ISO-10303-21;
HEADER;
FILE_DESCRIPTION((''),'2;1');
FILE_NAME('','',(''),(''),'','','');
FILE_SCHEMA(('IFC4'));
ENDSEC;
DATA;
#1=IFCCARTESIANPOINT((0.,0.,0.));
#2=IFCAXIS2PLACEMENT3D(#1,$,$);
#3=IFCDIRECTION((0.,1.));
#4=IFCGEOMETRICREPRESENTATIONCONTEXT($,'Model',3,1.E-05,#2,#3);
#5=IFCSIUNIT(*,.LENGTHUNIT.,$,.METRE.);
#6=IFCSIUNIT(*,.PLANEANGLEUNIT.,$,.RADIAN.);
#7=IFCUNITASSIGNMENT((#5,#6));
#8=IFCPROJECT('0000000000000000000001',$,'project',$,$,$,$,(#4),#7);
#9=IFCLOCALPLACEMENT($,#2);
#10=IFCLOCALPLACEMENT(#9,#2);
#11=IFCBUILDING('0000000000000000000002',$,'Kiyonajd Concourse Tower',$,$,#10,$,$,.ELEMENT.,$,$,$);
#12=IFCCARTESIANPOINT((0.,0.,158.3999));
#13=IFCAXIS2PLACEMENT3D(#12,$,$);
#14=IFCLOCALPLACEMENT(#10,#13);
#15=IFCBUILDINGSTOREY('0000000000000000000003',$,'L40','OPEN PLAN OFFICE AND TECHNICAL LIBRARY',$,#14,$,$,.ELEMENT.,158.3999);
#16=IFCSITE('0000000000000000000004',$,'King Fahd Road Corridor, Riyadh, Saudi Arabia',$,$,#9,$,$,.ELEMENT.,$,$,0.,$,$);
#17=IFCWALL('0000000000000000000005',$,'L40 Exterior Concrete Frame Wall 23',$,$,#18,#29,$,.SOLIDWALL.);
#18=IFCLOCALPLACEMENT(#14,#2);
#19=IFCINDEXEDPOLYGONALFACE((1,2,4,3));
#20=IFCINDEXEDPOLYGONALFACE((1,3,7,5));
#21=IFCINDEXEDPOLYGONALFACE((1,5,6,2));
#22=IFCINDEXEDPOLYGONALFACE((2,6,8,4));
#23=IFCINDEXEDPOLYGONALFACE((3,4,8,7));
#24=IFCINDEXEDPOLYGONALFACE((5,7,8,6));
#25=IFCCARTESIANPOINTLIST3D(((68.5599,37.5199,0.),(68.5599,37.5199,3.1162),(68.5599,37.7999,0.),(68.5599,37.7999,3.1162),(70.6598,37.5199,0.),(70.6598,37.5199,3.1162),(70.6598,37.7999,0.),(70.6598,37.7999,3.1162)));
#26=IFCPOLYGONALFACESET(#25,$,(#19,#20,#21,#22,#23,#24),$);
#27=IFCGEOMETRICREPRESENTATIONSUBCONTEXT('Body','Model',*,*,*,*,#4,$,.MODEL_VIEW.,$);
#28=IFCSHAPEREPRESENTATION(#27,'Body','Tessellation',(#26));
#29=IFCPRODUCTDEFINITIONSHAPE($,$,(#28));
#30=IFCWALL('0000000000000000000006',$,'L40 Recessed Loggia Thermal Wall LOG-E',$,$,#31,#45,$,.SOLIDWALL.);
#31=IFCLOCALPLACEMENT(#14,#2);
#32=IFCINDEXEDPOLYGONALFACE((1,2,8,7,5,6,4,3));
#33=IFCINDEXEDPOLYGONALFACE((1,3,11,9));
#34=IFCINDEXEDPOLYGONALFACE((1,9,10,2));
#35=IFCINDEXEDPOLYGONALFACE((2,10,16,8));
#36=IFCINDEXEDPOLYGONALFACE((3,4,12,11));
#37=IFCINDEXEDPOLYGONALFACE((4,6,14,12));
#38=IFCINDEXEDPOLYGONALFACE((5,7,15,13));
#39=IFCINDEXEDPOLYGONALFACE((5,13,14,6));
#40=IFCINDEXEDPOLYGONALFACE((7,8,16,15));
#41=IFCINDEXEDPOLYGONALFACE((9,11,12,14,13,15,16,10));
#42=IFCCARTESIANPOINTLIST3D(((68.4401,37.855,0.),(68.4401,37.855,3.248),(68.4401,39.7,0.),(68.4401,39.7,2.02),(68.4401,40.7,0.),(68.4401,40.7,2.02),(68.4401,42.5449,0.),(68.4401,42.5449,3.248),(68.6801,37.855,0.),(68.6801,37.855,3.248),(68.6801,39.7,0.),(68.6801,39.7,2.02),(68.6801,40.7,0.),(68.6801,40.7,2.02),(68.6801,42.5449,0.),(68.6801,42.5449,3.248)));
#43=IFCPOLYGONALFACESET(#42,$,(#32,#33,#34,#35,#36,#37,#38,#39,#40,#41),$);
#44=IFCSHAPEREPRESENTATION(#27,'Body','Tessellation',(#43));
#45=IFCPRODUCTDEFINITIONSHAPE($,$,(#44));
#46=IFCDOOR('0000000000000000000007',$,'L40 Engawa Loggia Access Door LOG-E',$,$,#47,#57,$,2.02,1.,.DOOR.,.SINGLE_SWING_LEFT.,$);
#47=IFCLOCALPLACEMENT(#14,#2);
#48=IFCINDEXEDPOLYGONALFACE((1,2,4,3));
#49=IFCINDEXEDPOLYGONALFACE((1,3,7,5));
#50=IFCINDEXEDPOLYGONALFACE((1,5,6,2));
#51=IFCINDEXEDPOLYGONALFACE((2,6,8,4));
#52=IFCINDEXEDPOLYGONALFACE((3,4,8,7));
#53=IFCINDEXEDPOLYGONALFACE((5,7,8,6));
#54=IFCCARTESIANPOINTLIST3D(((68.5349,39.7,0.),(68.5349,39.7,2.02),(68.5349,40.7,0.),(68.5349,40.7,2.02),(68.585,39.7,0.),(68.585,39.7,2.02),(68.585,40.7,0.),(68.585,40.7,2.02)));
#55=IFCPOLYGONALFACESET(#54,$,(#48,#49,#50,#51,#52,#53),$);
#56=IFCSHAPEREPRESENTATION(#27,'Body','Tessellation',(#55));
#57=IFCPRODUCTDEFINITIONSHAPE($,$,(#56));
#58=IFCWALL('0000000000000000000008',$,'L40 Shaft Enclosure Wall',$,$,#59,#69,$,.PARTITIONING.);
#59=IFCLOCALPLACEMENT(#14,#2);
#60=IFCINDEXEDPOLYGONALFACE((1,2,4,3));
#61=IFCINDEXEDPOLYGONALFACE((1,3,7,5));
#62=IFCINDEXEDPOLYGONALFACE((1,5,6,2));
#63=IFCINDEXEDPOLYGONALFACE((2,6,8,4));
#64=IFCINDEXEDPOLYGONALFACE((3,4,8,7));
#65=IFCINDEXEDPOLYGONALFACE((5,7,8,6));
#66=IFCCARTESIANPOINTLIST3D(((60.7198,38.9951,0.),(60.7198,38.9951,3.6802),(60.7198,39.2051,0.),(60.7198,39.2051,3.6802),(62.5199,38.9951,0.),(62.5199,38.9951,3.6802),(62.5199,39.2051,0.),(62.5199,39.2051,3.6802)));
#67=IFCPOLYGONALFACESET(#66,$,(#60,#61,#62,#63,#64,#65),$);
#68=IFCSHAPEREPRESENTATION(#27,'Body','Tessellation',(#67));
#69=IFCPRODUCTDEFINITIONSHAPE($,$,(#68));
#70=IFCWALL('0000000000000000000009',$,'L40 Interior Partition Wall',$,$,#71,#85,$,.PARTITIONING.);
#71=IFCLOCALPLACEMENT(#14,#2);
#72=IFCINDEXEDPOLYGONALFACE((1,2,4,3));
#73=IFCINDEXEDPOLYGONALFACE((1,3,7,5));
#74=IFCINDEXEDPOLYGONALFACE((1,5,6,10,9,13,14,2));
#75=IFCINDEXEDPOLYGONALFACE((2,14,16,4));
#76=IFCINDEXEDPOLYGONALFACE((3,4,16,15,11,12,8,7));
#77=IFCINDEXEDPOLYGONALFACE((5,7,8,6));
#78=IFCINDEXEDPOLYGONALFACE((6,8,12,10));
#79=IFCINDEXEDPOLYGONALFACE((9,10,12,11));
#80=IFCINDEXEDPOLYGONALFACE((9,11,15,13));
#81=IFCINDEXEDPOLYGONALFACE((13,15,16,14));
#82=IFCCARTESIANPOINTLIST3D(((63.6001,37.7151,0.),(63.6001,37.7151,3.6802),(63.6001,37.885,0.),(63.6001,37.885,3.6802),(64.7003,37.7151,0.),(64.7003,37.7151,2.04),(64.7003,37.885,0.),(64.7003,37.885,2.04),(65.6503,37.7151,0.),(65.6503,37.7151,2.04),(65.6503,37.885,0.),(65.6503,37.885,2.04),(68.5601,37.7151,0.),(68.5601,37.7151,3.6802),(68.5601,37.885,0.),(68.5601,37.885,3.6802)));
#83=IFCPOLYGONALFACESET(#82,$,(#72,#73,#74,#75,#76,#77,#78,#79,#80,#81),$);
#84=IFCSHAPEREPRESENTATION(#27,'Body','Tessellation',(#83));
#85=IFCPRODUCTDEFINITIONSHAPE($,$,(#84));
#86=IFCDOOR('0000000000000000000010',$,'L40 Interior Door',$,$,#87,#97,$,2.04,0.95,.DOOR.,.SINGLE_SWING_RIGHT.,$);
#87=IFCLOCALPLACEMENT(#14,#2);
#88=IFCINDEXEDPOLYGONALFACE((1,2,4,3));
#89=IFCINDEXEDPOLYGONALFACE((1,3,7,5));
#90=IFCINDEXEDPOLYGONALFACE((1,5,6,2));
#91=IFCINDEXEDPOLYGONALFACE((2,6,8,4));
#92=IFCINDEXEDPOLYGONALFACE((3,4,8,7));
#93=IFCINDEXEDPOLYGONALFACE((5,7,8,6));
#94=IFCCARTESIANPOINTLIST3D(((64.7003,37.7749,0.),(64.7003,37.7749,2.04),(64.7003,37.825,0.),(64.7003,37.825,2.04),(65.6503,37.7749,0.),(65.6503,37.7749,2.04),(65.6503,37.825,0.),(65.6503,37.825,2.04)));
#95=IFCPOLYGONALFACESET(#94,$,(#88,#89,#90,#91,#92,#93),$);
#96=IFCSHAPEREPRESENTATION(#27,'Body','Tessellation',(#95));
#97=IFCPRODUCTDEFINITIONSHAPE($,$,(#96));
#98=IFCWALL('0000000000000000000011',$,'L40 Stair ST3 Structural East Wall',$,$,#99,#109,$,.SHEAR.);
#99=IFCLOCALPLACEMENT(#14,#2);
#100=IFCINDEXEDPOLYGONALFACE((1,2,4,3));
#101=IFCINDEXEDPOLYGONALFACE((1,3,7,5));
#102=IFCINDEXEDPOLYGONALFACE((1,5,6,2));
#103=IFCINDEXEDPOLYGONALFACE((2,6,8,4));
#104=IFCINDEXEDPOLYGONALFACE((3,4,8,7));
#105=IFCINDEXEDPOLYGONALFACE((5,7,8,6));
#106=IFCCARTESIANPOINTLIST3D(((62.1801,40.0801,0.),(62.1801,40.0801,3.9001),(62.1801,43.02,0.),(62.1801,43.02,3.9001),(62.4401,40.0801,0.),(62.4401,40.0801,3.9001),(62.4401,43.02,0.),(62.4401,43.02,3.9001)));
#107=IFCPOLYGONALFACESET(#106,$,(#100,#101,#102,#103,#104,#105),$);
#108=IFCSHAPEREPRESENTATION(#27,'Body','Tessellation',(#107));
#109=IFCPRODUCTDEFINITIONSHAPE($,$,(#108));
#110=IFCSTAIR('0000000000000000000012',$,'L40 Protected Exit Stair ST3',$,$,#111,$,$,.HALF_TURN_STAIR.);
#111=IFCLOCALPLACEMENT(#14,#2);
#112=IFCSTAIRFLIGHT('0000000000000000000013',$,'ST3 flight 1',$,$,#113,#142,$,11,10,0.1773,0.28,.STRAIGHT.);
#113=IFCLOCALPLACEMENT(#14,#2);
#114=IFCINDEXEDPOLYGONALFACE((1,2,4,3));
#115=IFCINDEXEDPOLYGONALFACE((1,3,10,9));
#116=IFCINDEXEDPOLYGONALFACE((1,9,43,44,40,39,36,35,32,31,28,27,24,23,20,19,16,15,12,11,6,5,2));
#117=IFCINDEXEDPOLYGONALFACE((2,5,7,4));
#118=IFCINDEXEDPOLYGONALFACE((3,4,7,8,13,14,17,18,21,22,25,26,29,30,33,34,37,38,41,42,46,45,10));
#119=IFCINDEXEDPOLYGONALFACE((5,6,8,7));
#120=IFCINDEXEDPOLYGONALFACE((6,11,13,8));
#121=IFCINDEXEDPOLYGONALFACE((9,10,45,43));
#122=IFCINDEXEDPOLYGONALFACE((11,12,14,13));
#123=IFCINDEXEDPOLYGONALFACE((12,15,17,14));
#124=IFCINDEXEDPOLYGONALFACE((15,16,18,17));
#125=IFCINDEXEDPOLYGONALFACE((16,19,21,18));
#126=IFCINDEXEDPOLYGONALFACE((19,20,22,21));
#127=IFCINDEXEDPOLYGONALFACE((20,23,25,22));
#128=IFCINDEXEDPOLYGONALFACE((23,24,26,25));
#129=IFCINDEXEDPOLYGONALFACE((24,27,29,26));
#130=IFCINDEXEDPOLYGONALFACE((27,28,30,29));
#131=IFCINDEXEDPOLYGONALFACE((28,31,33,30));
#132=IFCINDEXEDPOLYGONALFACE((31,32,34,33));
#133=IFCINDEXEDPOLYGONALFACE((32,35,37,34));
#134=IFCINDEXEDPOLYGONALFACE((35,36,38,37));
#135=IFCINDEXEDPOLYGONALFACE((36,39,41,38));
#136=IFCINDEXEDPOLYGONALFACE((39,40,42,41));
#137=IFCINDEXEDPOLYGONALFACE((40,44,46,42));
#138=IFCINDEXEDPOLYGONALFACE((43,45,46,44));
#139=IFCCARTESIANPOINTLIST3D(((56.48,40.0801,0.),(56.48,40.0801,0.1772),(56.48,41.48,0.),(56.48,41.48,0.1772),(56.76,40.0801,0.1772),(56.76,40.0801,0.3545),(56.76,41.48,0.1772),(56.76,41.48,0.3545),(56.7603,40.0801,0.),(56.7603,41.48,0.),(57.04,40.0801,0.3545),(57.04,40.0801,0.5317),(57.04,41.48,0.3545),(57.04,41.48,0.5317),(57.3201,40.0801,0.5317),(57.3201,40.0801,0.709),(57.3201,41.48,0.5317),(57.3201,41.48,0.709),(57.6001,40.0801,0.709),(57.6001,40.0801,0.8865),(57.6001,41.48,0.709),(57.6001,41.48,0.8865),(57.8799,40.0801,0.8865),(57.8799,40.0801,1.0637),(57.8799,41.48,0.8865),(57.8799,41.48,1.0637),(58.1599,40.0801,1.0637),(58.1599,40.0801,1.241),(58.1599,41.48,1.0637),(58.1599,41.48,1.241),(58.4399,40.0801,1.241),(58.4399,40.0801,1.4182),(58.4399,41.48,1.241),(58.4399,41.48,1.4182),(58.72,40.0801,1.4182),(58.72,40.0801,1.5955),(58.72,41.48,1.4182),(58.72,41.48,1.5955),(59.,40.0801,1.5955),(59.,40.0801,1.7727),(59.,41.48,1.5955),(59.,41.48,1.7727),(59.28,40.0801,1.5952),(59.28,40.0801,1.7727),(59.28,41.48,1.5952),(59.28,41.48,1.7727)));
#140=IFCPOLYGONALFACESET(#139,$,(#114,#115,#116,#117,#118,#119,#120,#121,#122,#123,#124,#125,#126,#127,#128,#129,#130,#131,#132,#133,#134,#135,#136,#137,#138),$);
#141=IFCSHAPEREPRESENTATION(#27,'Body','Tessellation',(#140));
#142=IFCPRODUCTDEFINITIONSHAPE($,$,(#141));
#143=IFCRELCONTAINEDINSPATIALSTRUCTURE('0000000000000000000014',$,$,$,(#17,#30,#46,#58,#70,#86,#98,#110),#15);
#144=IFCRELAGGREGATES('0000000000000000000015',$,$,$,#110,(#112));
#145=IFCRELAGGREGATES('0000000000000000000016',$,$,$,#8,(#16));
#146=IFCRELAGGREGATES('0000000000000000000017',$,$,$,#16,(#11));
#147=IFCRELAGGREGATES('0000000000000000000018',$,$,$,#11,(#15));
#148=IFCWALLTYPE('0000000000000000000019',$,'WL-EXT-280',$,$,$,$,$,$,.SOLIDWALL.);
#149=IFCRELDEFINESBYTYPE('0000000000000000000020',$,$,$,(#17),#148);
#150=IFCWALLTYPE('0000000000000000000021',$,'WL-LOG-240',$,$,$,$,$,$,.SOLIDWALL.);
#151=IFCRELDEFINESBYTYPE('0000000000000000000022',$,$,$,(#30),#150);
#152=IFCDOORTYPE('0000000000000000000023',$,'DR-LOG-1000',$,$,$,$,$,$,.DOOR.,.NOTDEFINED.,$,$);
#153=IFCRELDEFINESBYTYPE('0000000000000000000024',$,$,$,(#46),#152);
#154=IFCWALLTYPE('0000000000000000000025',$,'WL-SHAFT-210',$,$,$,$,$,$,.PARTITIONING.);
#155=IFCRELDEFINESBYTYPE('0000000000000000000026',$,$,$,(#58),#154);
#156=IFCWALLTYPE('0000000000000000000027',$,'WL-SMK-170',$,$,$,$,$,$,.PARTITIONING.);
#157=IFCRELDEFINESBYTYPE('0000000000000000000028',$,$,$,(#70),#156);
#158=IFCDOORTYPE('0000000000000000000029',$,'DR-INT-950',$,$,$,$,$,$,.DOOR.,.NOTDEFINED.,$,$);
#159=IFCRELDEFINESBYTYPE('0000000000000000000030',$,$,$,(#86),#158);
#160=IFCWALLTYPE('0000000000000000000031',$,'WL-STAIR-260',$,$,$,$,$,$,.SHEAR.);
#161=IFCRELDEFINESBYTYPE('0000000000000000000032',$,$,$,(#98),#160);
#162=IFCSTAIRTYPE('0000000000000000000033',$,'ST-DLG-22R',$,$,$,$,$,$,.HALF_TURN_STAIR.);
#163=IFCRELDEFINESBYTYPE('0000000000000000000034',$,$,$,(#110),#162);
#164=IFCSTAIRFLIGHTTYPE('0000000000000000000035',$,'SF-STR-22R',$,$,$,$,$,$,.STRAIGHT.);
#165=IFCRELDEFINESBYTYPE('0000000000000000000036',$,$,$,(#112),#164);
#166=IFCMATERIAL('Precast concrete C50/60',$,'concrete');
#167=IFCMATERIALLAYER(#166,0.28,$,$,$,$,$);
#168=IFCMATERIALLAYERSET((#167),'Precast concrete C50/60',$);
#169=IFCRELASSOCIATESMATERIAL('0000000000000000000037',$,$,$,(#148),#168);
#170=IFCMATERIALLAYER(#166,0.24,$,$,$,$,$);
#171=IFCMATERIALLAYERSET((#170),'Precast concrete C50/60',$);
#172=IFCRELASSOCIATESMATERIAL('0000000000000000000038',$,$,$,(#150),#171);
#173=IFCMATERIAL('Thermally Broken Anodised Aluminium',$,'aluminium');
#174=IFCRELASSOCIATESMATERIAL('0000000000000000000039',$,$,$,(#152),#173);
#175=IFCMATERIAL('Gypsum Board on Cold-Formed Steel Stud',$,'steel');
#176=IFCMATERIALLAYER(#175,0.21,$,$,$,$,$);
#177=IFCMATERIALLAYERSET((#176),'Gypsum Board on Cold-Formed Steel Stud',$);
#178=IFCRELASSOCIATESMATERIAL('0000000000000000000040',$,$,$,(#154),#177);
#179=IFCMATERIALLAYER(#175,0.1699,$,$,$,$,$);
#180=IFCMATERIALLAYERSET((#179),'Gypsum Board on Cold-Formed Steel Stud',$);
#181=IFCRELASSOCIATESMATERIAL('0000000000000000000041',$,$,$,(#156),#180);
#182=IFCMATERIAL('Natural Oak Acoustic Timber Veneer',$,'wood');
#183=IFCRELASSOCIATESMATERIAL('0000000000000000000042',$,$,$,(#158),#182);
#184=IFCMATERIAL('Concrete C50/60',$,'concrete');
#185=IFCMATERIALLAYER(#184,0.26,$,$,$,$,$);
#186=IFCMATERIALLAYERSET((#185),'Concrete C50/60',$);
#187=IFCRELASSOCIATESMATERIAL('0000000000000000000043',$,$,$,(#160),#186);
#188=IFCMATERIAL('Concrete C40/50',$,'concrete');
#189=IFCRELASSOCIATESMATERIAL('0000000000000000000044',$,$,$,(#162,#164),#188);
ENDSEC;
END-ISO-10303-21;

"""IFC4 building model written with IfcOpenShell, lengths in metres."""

from ifc_helpers import new_model, si_unit, direction, frame, frame_2d, origin, place, context, subcontext, project, spatial, polyline, rectangle, outline, extrude, material, layer, layer_set, type_object, element, fill, aggregate, save


model = new_model("IFC4")

# Units and contexts
model_context = context("Model", 3, precision=1e-05, world=origin(), true_north=direction((0.0, 1.0)))
body_context = subcontext(model_context, "Body", "Model", "MODEL_VIEW")
ifc_project = project(units=[si_unit("LENGTHUNIT", "METRE"), si_unit("PLANEANGLEUNIT", "RADIAN")], contexts=[model_context])

# Site, building, storey
site_placement = place(None, origin())
site = spatial("IfcSite", under=ifc_project, at=site_placement, Name="King Fahd Road Corridor, Riyadh, Saudi Arabia", CompositionType="ELEMENT", RefElevation=0.0)
building_placement = place(site_placement, origin())
building = spatial("IfcBuilding", under=site, at=building_placement, Name="Kiyonajd Concourse Tower", CompositionType="ELEMENT")
storey_placement = place(building_placement, frame((0.0, 0.0, 158.3999)))
storey = spatial("IfcBuildingStorey", under=building, at=storey_placement, Name="L40", Description="OPEN PLAN OFFICE AND TECHNICAL LIBRARY", CompositionType="ELEMENT", Elevation=158.3999)

# Shared definitions
ifc_material_1 = material(Name="Thermally Broken Anodised Aluminium", Category="aluminium")

# Wall
ifc_material_2 = material(Name="Precast concrete C50/60", Category="concrete")
ifc_layer_1 = layer(ifc_material_2, 0.28)
ifc_layer_set_1 = layer_set([ifc_layer_1], Name="Precast concrete C50/60")
wall_type_1 = type_object("IfcWallType", Name="WL-EXT-280", PredefinedType="SOLIDWALL", material=ifc_layer_set_1)
for number, where, z_axis, x_axis, name in (
    (1, (68.5601, 37.6599, 0.0), (0.0, 0.0, 1.0), (1.0, 0.0, 0.0), "L40 Exterior Concrete Frame Wall 23"),
):
    element("IfcWall", number, at=place(storey_placement, frame(where, z_axis=z_axis, x_axis=x_axis)), inside=storey, type_object=wall_type_1, Name=name, PredefinedType="SOLIDWALL", context=body_context, shape_type="SweptSolid", body=[
        extrude(rectangle(XDim=2.0999, YDim=0.28, at=frame_2d((1.0498, 0.0))), origin(), (0.0, 0.0, 1.0), 3.1162),
    ])

# Wall, opening, door
ifc_layer_2 = layer(ifc_material_2, 0.24)
ifc_layer_set_2 = layer_set([ifc_layer_2], Name="Precast concrete C50/60")
wall_type_2 = type_object("IfcWallType", Name="WL-LOG-240", PredefinedType="SOLIDWALL", material=ifc_layer_set_2)
wall_1_placement = place(storey_placement, frame((68.5601, 42.5449, 0.0), z_axis=(0.0, 0.0, 1.0), x_axis=(0.0, -1.0, 0.0)))
wall_1 = element("IfcWall", 2, at=wall_1_placement, inside=storey, type_object=wall_type_2, Name="L40 Recessed Loggia Thermal Wall LOG-E", PredefinedType="SOLIDWALL", context=body_context, shape_type="SweptSolid", body=[
    extrude(rectangle(XDim=4.6899, YDim=0.24, at=frame_2d((2.345, 0.0))), origin(), (0.0, 0.0, 1.0), 3.248),
])
opening_1_placement = place(wall_1_placement, frame((1.845, 0.0, 0.0)))
opening_1 = element("IfcOpeningElement", 3, at=opening_1_placement, cuts=wall_1, PredefinedType="OPENING", context=body_context, shape_type="SweptSolid", body=[
    extrude(rectangle(XDim=1.0, YDim=2.02, at=frame_2d((0.5, 1.01))), frame((0.0, 0.1299, 0.0), z_axis=(0.0, -1.0, 0.0), x_axis=(1.0, 0.0, 0.0)), (0.0, 0.0, 1.0), 0.26),
])
door_type_1 = type_object("IfcDoorType", Name="DR-LOG-1000", OperationType="NOTDEFINED", PredefinedType="DOOR", material=ifc_material_1)
door_1_placement = place(opening_1_placement, origin())
door_1 = element("IfcDoor", 4, at=door_1_placement, inside=storey, type_object=door_type_1, Name="L40 Engawa Loggia Access Door LOG-E", OperationType="SINGLE_SWING_LEFT", OverallHeight=2.02, OverallWidth=1.0, PredefinedType="DOOR", context=body_context, shape_type="SweptSolid", body=[
    extrude(rectangle(XDim=1.0, YDim=2.02, at=frame_2d((0.5, 1.01))), frame((0.0, 0.0249, 0.0), z_axis=(0.0, -1.0, 0.0), x_axis=(1.0, 0.0, 0.0)), (0.0, 0.0, 1.0), 0.05),
])
fill(opening_1, door_1)

# Wall
ifc_material_3 = material(Name="Gypsum Board on Cold-Formed Steel Stud", Category="steel")
ifc_layer_3 = layer(ifc_material_3, 0.21)
ifc_layer_set_3 = layer_set([ifc_layer_3], Name="Gypsum Board on Cold-Formed Steel Stud")
wall_type_3 = type_object("IfcWallType", Name="WL-SHAFT-210", PredefinedType="PARTITIONING", material=ifc_layer_set_3)
wall_2_placement = place(storey_placement, frame((60.72, 39.1001, 0.0), z_axis=(0.0, 0.0, 1.0), x_axis=(1.0, 0.0, 0.0)))
element("IfcWall", 5, at=wall_2_placement, inside=storey, type_object=wall_type_3, Name="L40 Shaft Enclosure Wall", PredefinedType="PARTITIONING", context=body_context, shape_type="SweptSolid", body=[
    extrude(rectangle(XDim=1.8, YDim=0.21, at=frame_2d((0.8999, 0.0))), origin(), (0.0, 0.0, 1.0), 3.6802),
])

# Wall, opening, door
ifc_layer_4 = layer(ifc_material_3, 0.1699)
ifc_layer_set_4 = layer_set([ifc_layer_4], Name="Gypsum Board on Cold-Formed Steel Stud")
wall_type_4 = type_object("IfcWallType", Name="WL-SMK-170", PredefinedType="PARTITIONING", material=ifc_layer_set_4)
wall_3_placement = place(storey_placement, frame((63.6001, 37.8, 0.0), z_axis=(0.0, 0.0, 1.0), x_axis=(1.0, 0.0, 0.0)))
wall_3 = element("IfcWall", 6, at=wall_3_placement, inside=storey, type_object=wall_type_4, Name="L40 Interior Partition Wall", PredefinedType="PARTITIONING", context=body_context, shape_type="SweptSolid", body=[
    extrude(rectangle(XDim=4.96, YDim=0.1699, at=frame_2d((2.48, 0.0))), origin(), (0.0, 0.0, 1.0), 3.6802),
])
opening_2_placement = place(wall_3_placement, frame((1.1001, 0.0, 0.0)))
opening_2 = element("IfcOpeningElement", 7, at=opening_2_placement, cuts=wall_3, PredefinedType="OPENING", context=body_context, shape_type="SweptSolid", body=[
    extrude(rectangle(XDim=0.95, YDim=2.04, at=frame_2d((0.4751, 1.02))), frame((0.0, 0.095, 0.0), z_axis=(0.0, -1.0, 0.0), x_axis=(1.0, 0.0, 0.0)), (0.0, 0.0, 1.0), 0.1899),
])
ifc_material_4 = material(Name="Natural Oak Acoustic Timber Veneer", Category="wood")
door_type_2 = type_object("IfcDoorType", Name="DR-INT-950", OperationType="NOTDEFINED", PredefinedType="DOOR", material=ifc_material_4)
door_2_placement = place(opening_2_placement, origin())
door_2 = element("IfcDoor", 8, at=door_2_placement, inside=storey, type_object=door_type_2, Name="L40 Interior Door", OperationType="SINGLE_SWING_RIGHT", OverallHeight=2.04, OverallWidth=0.95, PredefinedType="DOOR", context=body_context, shape_type="SweptSolid", body=[
    extrude(rectangle(XDim=0.95, YDim=2.04, at=frame_2d((0.4751, 1.02))), frame((0.0, 0.0249, 0.0), z_axis=(0.0, -1.0, 0.0), x_axis=(1.0, 0.0, 0.0)), (0.0, 0.0, 1.0), 0.05),
])
fill(opening_2, door_2)

# Wall
ifc_material_5 = material(Name="Concrete C50/60", Category="concrete")
ifc_layer_5 = layer(ifc_material_5, 0.26)
ifc_layer_set_5 = layer_set([ifc_layer_5], Name="Concrete C50/60")
wall_type_5 = type_object("IfcWallType", Name="WL-STAIR-260", PredefinedType="SHEAR", material=ifc_layer_set_5)
wall_4_placement = place(storey_placement, frame((62.3101, 40.0801, 0.0), z_axis=(0.0, 0.0, 1.0), x_axis=(0.0, 1.0, 0.0)))
element("IfcWall", 9, at=wall_4_placement, inside=storey, type_object=wall_type_5, Name="L40 Stair ST3 Structural East Wall", PredefinedType="SHEAR", context=body_context, shape_type="SweptSolid", body=[
    extrude(rectangle(XDim=2.9399, YDim=0.26, at=frame_2d((1.47, 0.0))), origin(), (0.0, 0.0, 1.0), 3.9001),
])

# Stair, stair flight
ifc_material_6 = material(Name="Concrete C40/50", Category="concrete")
stair_type = type_object("IfcStairType", Name="ST-DLG-22R", PredefinedType="HALF_TURN_STAIR", material=ifc_material_6)
stair_placement = place(storey_placement, origin())
stair = element("IfcStair", 10, at=stair_placement, inside=storey, type_object=stair_type, Name="L40 Protected Exit Stair ST3", PredefinedType="HALF_TURN_STAIR")
stair_flight_type = type_object("IfcStairFlightType", Name="SF-STR-22R", PredefinedType="STRAIGHT", material=ifc_material_6)
stair_flight_1_placement = place(storey_placement, frame((56.48, 40.78, 0.0), z_axis=(0.0, 0.0, 1.0), x_axis=(1.0, 0.0, 0.0)))
stair_flight_1 = element("IfcStairFlight", 11, at=stair_flight_1_placement, type_object=stair_flight_type, Name="ST3 flight 1", NumberOfRisers=11, NumberOfTreads=10, PredefinedType="STRAIGHT", RiserHeight=0.1773, TreadLength=0.28, context=body_context, shape_type="SweptSolid", body=[
    extrude(outline(polyline([(0.0, 0.0), (0.0, 0.1772), (0.28, 0.1772), (0.28, 0.3545), (0.5601, 0.3545), (0.5601, 0.5317), (0.8401, 0.5317), (0.8401, 0.709), (1.1201, 0.709), (1.1201, 0.8865), (1.3999, 0.8865), (1.3999, 1.0637), (1.6799, 1.0637), (1.6799, 1.241), (1.96, 1.241), (1.96, 1.4182), (2.24, 1.4182), (2.24, 1.5955), (2.52, 1.5955), (2.52, 1.7727), (2.8, 1.7727), (2.8, 1.95), (2.8, 1.5952), (0.2803, 0.0), (0.0, 0.0)])), frame((0.0, 0.7, 0.0), z_axis=(0.0, -1.0, 0.0), x_axis=(1.0, 0.0, 0.0)), (0.0, 0.0, 1.0), 1.3999),
])
aggregate(stair, [stair_flight_1])

save(model, "model.ifc")
